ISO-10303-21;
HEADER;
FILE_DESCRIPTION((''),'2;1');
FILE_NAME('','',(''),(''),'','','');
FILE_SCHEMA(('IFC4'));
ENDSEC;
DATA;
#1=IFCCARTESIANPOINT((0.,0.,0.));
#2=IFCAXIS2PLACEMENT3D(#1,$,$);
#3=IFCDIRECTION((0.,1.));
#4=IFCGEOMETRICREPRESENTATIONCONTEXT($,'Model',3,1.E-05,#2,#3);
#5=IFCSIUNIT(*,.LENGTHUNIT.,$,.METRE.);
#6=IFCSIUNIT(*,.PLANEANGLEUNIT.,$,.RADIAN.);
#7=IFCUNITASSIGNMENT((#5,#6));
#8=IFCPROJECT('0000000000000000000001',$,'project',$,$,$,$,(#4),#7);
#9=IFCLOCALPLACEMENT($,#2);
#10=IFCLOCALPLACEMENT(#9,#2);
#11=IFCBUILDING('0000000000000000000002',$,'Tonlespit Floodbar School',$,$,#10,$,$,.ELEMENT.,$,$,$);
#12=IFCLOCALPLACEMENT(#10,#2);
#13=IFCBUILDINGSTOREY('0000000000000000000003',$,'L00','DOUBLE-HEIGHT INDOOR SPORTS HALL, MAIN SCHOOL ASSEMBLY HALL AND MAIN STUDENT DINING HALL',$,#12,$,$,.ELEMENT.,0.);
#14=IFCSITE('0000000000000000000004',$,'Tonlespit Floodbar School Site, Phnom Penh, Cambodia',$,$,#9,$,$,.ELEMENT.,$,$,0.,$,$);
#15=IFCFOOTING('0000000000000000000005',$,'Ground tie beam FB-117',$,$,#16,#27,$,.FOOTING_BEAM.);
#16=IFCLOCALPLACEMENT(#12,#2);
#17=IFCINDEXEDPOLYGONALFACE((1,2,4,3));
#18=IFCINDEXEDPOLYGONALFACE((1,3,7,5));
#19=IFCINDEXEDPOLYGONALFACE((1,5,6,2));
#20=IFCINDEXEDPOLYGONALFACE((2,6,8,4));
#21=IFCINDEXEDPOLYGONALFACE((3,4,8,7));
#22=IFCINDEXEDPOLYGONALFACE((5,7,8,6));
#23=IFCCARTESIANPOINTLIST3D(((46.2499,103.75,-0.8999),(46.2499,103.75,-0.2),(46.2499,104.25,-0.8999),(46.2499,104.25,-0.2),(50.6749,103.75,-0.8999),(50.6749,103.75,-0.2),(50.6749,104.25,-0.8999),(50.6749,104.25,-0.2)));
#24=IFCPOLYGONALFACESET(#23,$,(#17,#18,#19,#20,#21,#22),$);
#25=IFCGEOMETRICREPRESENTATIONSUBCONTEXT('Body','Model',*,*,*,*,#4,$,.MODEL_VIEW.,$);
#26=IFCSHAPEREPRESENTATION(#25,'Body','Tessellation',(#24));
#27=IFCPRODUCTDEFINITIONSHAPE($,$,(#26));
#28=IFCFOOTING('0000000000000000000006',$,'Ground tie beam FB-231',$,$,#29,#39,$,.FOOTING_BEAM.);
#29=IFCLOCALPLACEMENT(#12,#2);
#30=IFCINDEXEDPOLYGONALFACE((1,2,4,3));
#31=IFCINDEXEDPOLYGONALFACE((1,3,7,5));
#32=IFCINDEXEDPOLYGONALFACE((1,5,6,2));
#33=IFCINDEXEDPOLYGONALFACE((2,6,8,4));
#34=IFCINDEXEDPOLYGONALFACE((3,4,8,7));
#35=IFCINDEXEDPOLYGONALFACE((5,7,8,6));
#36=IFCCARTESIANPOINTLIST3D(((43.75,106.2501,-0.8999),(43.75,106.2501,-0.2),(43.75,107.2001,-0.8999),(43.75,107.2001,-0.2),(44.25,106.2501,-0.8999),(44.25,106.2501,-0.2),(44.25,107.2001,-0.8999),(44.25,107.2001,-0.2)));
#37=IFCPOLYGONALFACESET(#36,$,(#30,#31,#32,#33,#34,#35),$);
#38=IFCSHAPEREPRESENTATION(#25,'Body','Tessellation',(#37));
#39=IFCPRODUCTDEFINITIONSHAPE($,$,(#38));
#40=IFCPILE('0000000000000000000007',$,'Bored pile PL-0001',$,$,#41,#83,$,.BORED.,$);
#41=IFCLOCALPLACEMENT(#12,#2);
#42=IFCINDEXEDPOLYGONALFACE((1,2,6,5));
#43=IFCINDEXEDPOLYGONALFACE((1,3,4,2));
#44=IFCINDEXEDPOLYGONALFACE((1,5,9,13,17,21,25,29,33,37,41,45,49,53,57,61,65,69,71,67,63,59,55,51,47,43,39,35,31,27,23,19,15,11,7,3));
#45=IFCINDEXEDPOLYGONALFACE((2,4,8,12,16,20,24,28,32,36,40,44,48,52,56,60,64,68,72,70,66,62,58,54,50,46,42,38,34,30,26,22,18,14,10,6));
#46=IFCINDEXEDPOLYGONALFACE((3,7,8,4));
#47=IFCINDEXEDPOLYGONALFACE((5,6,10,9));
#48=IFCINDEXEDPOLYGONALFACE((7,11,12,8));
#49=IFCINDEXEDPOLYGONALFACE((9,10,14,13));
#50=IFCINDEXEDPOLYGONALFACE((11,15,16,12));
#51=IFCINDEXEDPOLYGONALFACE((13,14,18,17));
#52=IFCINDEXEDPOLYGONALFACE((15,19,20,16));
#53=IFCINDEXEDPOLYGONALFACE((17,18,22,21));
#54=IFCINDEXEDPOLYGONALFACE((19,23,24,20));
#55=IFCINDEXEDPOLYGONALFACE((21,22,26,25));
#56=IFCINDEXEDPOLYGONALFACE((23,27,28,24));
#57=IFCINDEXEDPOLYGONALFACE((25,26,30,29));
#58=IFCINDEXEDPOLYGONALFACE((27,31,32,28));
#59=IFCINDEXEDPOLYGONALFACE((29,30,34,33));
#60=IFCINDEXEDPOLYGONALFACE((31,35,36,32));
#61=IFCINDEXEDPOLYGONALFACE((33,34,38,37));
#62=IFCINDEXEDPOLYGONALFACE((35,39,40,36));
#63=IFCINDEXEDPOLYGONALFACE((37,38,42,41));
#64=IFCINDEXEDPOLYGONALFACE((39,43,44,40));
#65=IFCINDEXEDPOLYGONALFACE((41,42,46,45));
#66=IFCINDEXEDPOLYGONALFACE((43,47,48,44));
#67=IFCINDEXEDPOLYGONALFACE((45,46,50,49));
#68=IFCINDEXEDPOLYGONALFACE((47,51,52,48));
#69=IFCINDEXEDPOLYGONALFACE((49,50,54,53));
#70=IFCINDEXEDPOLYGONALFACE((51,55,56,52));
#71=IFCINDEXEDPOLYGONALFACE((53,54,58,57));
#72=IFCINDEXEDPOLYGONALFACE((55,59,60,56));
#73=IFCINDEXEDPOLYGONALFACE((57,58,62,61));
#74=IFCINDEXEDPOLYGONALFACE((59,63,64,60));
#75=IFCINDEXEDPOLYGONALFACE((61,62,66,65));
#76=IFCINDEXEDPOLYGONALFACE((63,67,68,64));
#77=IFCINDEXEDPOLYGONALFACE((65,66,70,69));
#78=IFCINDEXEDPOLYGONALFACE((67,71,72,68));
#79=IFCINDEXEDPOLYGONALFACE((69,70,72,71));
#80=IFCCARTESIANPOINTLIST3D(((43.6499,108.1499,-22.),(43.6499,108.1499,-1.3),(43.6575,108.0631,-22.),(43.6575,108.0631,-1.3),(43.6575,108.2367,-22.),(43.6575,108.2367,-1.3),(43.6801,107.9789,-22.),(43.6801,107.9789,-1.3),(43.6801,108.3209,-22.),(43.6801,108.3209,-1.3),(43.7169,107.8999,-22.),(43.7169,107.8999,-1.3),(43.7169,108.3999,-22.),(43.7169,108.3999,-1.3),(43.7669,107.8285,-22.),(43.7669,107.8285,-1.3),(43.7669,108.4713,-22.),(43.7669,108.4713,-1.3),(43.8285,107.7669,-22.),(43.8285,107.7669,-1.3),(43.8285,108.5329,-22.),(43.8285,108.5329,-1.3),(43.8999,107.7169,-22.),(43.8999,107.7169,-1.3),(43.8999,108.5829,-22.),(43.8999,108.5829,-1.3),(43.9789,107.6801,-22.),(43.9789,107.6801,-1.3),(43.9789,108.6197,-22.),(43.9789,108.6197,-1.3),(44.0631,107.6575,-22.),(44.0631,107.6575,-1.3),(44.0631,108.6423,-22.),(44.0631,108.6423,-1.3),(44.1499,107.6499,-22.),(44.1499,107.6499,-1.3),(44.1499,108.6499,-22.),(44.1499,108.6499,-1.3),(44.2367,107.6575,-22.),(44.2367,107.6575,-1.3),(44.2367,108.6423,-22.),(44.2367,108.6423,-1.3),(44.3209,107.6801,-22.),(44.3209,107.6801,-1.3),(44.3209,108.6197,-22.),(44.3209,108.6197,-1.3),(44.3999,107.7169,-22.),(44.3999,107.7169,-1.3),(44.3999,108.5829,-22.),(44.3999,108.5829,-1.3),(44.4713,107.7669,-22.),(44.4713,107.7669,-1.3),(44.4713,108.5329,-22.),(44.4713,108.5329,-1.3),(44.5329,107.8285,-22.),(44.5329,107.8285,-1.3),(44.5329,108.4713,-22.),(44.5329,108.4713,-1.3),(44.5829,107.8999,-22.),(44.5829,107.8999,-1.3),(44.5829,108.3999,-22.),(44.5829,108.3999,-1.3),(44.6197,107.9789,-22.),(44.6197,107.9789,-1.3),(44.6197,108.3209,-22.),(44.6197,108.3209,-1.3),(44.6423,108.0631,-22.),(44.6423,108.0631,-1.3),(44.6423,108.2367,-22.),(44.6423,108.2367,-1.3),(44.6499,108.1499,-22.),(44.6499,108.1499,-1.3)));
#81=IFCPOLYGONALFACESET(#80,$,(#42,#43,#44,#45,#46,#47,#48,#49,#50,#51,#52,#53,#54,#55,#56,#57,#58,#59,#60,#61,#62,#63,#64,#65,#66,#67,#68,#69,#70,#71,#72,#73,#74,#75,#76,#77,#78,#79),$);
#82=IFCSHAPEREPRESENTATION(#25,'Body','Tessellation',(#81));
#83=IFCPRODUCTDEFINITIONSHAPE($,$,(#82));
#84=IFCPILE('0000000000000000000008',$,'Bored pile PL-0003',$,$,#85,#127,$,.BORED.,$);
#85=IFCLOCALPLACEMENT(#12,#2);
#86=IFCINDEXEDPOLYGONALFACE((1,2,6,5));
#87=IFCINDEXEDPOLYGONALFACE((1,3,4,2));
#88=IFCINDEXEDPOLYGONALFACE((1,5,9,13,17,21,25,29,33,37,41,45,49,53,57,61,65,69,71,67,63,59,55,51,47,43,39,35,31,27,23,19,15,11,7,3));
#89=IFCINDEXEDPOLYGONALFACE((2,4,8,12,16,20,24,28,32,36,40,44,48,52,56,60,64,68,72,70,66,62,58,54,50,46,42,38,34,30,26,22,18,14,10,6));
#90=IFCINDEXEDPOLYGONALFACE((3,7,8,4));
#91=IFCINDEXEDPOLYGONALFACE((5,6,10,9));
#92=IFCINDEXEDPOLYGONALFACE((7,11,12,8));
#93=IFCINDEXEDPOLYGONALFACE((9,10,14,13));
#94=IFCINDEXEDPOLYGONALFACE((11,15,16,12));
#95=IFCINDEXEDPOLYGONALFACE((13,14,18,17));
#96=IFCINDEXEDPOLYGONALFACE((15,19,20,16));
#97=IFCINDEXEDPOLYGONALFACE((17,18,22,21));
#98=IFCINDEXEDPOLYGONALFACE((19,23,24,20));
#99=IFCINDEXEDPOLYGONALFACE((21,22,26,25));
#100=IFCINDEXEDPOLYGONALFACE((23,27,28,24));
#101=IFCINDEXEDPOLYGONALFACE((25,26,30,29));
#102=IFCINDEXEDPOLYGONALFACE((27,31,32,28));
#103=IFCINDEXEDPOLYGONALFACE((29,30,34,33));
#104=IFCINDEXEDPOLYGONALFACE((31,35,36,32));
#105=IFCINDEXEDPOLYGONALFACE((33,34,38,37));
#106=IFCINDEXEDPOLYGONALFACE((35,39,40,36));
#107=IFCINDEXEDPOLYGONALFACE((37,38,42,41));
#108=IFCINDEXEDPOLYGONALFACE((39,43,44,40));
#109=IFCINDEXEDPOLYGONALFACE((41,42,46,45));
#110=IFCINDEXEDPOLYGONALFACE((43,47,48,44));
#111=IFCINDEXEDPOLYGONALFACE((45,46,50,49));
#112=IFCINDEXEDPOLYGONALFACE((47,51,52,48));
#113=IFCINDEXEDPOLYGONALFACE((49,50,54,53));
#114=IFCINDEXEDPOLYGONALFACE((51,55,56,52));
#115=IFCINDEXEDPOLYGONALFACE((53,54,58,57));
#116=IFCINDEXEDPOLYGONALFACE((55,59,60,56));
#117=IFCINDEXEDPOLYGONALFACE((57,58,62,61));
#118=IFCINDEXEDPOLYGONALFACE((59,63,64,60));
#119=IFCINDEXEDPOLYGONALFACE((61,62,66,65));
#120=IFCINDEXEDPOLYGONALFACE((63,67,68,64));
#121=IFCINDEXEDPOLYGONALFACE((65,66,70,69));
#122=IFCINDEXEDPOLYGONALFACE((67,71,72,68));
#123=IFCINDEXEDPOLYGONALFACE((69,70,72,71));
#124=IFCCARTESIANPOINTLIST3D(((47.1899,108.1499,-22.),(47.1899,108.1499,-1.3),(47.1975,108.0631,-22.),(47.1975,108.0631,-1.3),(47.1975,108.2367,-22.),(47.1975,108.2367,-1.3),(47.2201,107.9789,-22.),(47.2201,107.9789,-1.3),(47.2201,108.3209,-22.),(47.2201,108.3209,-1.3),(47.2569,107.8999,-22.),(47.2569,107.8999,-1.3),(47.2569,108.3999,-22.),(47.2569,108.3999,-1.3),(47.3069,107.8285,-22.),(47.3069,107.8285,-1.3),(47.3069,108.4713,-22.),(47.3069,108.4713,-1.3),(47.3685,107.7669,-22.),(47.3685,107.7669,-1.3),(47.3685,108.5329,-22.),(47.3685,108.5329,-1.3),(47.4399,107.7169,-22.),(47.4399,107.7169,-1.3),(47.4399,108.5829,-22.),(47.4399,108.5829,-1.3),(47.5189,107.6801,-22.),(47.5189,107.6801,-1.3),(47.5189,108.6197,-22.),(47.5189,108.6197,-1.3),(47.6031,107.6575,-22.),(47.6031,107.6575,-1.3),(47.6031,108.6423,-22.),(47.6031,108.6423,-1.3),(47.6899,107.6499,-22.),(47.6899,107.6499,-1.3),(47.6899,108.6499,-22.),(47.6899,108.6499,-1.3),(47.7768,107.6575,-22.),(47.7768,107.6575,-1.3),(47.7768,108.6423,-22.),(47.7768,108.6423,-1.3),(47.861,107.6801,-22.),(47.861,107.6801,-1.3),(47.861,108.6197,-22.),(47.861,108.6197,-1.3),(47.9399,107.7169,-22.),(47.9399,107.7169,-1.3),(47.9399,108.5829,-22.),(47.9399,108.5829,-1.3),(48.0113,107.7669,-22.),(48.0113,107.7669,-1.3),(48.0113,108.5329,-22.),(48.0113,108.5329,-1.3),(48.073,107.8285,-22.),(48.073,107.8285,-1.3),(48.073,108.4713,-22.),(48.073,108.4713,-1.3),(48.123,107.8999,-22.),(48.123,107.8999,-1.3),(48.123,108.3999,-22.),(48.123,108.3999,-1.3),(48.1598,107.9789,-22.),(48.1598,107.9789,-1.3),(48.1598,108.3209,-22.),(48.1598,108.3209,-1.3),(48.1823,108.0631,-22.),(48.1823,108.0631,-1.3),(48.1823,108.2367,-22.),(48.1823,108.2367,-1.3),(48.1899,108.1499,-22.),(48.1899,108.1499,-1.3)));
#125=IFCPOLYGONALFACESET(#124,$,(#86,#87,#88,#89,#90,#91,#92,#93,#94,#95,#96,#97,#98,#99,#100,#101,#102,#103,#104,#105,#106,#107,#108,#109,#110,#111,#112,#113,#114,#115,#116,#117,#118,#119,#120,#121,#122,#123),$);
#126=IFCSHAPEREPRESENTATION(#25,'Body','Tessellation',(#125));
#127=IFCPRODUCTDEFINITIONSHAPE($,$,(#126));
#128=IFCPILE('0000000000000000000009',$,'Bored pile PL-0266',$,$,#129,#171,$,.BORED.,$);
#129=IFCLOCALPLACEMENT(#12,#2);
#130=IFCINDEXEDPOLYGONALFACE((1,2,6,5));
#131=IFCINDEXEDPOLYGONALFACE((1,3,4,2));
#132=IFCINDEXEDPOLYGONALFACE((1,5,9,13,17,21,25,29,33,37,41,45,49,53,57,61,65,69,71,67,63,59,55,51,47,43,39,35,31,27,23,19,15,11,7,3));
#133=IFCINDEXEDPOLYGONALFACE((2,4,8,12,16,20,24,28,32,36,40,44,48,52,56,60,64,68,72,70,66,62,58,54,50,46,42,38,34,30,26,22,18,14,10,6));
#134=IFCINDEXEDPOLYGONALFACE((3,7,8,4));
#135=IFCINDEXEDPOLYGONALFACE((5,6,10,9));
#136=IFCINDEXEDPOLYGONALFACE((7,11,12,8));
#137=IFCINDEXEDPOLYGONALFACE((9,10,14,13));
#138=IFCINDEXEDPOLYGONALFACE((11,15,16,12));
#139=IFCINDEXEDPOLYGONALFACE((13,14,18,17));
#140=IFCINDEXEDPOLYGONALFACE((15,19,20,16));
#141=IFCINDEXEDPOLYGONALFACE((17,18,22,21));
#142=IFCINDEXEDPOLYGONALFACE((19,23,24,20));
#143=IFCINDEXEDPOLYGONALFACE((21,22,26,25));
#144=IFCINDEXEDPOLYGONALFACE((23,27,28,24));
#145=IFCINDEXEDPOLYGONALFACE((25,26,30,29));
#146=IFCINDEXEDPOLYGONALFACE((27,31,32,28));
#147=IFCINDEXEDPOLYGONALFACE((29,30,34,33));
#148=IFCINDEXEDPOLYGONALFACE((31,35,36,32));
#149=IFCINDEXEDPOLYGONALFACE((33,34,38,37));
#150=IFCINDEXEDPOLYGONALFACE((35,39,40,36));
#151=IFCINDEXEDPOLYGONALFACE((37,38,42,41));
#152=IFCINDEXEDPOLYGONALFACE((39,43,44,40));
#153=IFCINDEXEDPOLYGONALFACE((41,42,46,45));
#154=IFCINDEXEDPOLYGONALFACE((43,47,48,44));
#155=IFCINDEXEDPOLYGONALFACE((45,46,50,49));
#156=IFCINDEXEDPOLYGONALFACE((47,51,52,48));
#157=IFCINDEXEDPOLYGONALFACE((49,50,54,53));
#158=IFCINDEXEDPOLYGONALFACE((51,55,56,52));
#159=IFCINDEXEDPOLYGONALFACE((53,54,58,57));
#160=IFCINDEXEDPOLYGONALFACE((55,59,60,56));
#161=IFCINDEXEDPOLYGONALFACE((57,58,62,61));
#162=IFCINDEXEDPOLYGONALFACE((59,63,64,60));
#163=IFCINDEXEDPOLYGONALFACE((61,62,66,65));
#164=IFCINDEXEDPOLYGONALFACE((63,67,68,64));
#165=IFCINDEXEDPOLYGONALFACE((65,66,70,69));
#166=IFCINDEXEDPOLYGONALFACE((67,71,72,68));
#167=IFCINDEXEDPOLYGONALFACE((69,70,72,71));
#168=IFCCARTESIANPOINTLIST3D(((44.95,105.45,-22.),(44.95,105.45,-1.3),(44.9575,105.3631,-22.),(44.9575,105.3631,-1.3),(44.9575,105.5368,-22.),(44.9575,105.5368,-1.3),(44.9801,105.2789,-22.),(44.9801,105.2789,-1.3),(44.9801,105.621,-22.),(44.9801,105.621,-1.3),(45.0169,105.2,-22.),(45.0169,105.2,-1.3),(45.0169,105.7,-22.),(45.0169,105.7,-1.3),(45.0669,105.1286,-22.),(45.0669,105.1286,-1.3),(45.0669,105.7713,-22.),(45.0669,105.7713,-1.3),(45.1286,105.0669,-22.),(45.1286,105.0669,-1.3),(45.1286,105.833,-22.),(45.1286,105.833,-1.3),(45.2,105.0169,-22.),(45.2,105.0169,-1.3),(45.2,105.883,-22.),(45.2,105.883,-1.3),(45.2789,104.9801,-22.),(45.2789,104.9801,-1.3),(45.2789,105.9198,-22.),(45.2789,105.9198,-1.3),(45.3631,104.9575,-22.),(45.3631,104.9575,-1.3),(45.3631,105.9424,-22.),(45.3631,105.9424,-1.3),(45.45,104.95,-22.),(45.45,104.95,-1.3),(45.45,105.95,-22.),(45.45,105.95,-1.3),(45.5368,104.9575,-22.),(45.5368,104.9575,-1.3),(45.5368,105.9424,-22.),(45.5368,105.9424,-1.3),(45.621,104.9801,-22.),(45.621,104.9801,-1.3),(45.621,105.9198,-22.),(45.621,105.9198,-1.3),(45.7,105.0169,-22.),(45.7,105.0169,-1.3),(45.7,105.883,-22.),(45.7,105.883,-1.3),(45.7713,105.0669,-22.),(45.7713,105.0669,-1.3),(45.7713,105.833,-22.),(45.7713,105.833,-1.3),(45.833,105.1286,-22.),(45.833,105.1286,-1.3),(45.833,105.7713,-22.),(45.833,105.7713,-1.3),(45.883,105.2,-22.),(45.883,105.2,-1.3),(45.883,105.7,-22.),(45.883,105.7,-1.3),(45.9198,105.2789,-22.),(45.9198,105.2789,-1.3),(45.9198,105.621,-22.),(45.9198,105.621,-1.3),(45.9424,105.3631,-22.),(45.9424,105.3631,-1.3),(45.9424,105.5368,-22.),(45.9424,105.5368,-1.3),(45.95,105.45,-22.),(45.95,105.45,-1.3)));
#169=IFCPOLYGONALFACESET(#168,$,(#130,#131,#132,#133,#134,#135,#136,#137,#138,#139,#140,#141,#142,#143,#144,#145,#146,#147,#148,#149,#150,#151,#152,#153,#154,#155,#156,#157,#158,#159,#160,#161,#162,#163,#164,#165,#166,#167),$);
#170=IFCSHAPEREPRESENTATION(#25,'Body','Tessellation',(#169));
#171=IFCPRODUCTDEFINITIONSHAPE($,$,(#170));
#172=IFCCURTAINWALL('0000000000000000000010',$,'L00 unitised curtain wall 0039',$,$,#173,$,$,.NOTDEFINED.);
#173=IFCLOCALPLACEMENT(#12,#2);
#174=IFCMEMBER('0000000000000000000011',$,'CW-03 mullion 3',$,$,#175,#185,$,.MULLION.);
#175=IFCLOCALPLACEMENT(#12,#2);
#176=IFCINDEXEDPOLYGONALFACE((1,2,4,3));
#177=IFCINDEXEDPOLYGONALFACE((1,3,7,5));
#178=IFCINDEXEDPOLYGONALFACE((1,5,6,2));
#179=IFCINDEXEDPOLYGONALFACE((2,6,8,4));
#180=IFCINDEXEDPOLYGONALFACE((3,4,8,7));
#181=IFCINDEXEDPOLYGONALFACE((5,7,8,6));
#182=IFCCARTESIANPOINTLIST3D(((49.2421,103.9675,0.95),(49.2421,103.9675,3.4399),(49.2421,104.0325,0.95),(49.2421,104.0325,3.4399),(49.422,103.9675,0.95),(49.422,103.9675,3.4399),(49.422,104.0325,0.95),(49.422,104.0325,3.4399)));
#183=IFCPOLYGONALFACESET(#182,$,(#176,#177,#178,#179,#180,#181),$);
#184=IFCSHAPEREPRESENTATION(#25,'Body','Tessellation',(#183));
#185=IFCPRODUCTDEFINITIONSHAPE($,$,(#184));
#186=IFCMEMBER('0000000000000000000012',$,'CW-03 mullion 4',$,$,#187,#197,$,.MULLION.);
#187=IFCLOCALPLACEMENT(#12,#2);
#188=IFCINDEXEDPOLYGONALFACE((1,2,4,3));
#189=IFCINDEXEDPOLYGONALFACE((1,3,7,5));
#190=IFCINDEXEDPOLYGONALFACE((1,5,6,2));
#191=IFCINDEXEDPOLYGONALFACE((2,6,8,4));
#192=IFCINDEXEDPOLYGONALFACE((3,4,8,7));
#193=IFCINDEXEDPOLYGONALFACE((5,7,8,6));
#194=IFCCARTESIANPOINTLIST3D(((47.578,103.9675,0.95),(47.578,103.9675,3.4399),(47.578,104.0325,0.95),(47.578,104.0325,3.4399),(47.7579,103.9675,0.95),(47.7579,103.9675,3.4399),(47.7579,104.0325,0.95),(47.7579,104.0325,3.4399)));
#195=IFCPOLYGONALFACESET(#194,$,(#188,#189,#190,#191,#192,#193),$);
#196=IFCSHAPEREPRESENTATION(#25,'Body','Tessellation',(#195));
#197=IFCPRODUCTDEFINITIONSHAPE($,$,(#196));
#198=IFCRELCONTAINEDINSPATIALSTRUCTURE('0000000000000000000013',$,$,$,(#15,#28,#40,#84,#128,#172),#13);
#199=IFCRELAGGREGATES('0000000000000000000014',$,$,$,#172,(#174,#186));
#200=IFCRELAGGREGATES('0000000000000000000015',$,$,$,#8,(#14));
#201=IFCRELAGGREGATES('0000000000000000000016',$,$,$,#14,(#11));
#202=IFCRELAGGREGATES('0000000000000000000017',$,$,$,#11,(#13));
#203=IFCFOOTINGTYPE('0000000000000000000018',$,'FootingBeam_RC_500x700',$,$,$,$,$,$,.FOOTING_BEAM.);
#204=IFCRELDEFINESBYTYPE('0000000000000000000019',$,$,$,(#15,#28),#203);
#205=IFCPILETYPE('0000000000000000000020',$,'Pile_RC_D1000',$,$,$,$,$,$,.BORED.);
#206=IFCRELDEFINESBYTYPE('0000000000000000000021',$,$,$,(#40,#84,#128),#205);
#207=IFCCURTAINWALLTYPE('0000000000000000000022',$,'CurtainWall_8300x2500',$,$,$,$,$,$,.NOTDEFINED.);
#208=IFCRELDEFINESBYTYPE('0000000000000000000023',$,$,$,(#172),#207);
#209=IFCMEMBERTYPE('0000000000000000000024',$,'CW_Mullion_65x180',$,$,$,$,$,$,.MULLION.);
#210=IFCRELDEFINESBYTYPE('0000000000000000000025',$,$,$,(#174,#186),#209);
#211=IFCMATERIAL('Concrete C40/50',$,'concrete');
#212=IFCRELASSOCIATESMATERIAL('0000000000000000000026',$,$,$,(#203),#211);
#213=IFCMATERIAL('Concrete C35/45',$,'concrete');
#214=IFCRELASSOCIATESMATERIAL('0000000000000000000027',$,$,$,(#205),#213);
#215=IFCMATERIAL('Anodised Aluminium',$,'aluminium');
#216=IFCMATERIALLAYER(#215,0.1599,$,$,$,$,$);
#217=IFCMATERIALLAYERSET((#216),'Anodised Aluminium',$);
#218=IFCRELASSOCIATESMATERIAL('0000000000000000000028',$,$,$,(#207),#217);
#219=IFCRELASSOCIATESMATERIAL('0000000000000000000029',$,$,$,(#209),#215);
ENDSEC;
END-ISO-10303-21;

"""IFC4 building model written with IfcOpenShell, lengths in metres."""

from ifc_helpers import new_model, si_unit, direction, frame, origin, origin_2d, place, context, subcontext, project, spatial, rectangle, circle, extrude, material, layer, layer_set, material_profile, profile_set, type_object, element, aggregate, save


model = new_model("IFC4")

# Units and contexts
model_context = context("Model", 3, precision=1e-05, world=origin(), true_north=direction((0.0, 1.0)))
body_context = subcontext(model_context, "Body", "Model", "MODEL_VIEW")
ifc_project = project(units=[si_unit("LENGTHUNIT", "METRE"), si_unit("PLANEANGLEUNIT", "RADIAN")], contexts=[model_context])

# Site, building, storey
site_placement = place(None, origin())
site = spatial("IfcSite", under=ifc_project, at=site_placement, Name="Tonlespit Floodbar School Site, Phnom Penh, Cambodia", CompositionType="ELEMENT", RefElevation=0.0)
building_placement = place(site_placement, origin())
building = spatial("IfcBuilding", under=site, at=building_placement, Name="Tonlespit Floodbar School", CompositionType="ELEMENT")
storey_placement = place(building_placement, origin())
storey = spatial("IfcBuildingStorey", under=building, at=storey_placement, Name="L00", Description="DOUBLE-HEIGHT INDOOR SPORTS HALL, MAIN SCHOOL ASSEMBLY HALL AND MAIN STUDENT DINING HALL", CompositionType="ELEMENT", Elevation=0.0)

# Footings
ifc_material_1 = material(Name="Concrete C40/50", Category="concrete")
footing_type = type_object("IfcFootingType", Name="FootingBeam_RC_500x700", PredefinedType="FOOTING_BEAM", material=ifc_material_1)
footing_1_placement = place(storey_placement, frame((48.4624, 104.0, -0.8999), z_axis=(0.0, 0.0, 1.0), x_axis=(1.0, 0.0, 0.0)))
element("IfcFooting", 1, at=footing_1_placement, inside=storey, type_object=footing_type, Name="Ground tie beam FB-117", PredefinedType="FOOTING_BEAM", context=body_context, shape_type="SweptSolid", body=[
    extrude(rectangle(XDim=4.425, YDim=0.5, at=origin_2d()), origin(), (0.0, 0.0, 1.0), 0.7),
])
footing_2_placement = place(storey_placement, frame((44.0, 106.7251, -0.8999), z_axis=(0.0, 0.0, 1.0), x_axis=(0.0, 1.0, 0.0)))
element("IfcFooting", 2, at=footing_2_placement, inside=storey, type_object=footing_type, Name="Ground tie beam FB-231", PredefinedType="FOOTING_BEAM", context=body_context, shape_type="SweptSolid", body=[
    extrude(rectangle(XDim=0.95, YDim=0.5, at=origin_2d()), origin(), (0.0, 0.0, 1.0), 0.7),
])

# Piles
ifc_material_2 = material(Name="Concrete C35/45", Category="concrete")
ifc_material_profile_1 = material_profile(ifc_material_2, circle(Radius=0.5, at=origin_2d()), Name="BP D1000")
ifc_profile_set_1 = profile_set([ifc_material_profile_1], Name="Concrete C35/45")
pile_type = type_object("IfcPileType", Name="Pile_RC_D1000", PredefinedType="BORED", material=ifc_profile_set_1)
for number, where, z_axis, x_axis, name in (
    (3, (44.1499, 108.1499, -1.3), (0.0, 0.0, -1.0), (1.0, 0.0, 0.0), "Bored pile PL-0001"),
    (4, (47.6899, 108.1499, -1.3), (0.0, 0.0, -1.0), (1.0, 0.0, 0.0), "Bored pile PL-0003"),
    (5, (45.45, 105.45, -1.3), (0.0, 0.0, -1.0), (1.0, 0.0, 0.0), "Bored pile PL-0266"),
):
    element("IfcPile", number, at=place(storey_placement, frame(where, z_axis=z_axis, x_axis=x_axis)), inside=storey, type_object=pile_type, Name=name, PredefinedType="BORED", context=body_context, shape_type="SweptSolid", body=[
        extrude(circle(Radius=0.5, at=origin_2d()), origin(), (0.0, 0.0, 1.0), 20.7),
    ])

# Curtain wall, members
ifc_material_3 = material(Name="Anodised Aluminium", Category="aluminium")
ifc_layer_1 = layer(ifc_material_3, 0.1599)
ifc_layer_set_1 = layer_set([ifc_layer_1], Name="Anodised Aluminium")
curtain_wall_type = type_object("IfcCurtainWallType", Name="CurtainWall_8300x2500", PredefinedType="NOTDEFINED", material=ifc_layer_set_1)
curtain_wall_placement = place(storey_placement, origin())
curtain_wall = element("IfcCurtainWall", 6, at=curtain_wall_placement, inside=storey, type_object=curtain_wall_type, Name="L00 unitised curtain wall 0039", PredefinedType="NOTDEFINED")
ifc_material_profile_2 = material_profile(ifc_material_3, rectangle(XDim=0.0649, YDim=0.1799, at=origin_2d()), Name="ALU M65x180")
ifc_profile_set_2 = profile_set([ifc_material_profile_2], Name="Anodised Aluminium")
member_type_1 = type_object("IfcMemberType", Name="CW_Mullion_65x180", PredefinedType="MULLION", material=ifc_profile_set_2)
member_1_placement = place(storey_placement, frame((49.332, 104.0, 0.95), z_axis=(0.0, 0.0, 1.0), x_axis=(0.0, -1.0, 0.0)))
member_1 = element("IfcMember", 7, at=member_1_placement, type_object=member_type_1, Name="CW-03 mullion 3", PredefinedType="MULLION", context=body_context, shape_type="SweptSolid", body=[
    extrude(rectangle(XDim=0.0649, YDim=0.1799, at=origin_2d()), origin(), (0.0, 0.0, 1.0), 2.49),
])
member_2_placement = place(storey_placement, frame((47.668, 104.0, 0.95), z_axis=(0.0, 0.0, 1.0), x_axis=(0.0, -1.0, 0.0)))
member_2 = element("IfcMember", 8, at=member_2_placement, type_object=member_type_1, Name="CW-03 mullion 4", PredefinedType="MULLION", context=body_context, shape_type="SweptSolid", body=[
    extrude(rectangle(XDim=0.0649, YDim=0.1799, at=origin_2d()), origin(), (0.0, 0.0, 1.0), 2.49),
])

aggregate(curtain_wall, [member_1, member_2])

save(model, "model.ifc")
